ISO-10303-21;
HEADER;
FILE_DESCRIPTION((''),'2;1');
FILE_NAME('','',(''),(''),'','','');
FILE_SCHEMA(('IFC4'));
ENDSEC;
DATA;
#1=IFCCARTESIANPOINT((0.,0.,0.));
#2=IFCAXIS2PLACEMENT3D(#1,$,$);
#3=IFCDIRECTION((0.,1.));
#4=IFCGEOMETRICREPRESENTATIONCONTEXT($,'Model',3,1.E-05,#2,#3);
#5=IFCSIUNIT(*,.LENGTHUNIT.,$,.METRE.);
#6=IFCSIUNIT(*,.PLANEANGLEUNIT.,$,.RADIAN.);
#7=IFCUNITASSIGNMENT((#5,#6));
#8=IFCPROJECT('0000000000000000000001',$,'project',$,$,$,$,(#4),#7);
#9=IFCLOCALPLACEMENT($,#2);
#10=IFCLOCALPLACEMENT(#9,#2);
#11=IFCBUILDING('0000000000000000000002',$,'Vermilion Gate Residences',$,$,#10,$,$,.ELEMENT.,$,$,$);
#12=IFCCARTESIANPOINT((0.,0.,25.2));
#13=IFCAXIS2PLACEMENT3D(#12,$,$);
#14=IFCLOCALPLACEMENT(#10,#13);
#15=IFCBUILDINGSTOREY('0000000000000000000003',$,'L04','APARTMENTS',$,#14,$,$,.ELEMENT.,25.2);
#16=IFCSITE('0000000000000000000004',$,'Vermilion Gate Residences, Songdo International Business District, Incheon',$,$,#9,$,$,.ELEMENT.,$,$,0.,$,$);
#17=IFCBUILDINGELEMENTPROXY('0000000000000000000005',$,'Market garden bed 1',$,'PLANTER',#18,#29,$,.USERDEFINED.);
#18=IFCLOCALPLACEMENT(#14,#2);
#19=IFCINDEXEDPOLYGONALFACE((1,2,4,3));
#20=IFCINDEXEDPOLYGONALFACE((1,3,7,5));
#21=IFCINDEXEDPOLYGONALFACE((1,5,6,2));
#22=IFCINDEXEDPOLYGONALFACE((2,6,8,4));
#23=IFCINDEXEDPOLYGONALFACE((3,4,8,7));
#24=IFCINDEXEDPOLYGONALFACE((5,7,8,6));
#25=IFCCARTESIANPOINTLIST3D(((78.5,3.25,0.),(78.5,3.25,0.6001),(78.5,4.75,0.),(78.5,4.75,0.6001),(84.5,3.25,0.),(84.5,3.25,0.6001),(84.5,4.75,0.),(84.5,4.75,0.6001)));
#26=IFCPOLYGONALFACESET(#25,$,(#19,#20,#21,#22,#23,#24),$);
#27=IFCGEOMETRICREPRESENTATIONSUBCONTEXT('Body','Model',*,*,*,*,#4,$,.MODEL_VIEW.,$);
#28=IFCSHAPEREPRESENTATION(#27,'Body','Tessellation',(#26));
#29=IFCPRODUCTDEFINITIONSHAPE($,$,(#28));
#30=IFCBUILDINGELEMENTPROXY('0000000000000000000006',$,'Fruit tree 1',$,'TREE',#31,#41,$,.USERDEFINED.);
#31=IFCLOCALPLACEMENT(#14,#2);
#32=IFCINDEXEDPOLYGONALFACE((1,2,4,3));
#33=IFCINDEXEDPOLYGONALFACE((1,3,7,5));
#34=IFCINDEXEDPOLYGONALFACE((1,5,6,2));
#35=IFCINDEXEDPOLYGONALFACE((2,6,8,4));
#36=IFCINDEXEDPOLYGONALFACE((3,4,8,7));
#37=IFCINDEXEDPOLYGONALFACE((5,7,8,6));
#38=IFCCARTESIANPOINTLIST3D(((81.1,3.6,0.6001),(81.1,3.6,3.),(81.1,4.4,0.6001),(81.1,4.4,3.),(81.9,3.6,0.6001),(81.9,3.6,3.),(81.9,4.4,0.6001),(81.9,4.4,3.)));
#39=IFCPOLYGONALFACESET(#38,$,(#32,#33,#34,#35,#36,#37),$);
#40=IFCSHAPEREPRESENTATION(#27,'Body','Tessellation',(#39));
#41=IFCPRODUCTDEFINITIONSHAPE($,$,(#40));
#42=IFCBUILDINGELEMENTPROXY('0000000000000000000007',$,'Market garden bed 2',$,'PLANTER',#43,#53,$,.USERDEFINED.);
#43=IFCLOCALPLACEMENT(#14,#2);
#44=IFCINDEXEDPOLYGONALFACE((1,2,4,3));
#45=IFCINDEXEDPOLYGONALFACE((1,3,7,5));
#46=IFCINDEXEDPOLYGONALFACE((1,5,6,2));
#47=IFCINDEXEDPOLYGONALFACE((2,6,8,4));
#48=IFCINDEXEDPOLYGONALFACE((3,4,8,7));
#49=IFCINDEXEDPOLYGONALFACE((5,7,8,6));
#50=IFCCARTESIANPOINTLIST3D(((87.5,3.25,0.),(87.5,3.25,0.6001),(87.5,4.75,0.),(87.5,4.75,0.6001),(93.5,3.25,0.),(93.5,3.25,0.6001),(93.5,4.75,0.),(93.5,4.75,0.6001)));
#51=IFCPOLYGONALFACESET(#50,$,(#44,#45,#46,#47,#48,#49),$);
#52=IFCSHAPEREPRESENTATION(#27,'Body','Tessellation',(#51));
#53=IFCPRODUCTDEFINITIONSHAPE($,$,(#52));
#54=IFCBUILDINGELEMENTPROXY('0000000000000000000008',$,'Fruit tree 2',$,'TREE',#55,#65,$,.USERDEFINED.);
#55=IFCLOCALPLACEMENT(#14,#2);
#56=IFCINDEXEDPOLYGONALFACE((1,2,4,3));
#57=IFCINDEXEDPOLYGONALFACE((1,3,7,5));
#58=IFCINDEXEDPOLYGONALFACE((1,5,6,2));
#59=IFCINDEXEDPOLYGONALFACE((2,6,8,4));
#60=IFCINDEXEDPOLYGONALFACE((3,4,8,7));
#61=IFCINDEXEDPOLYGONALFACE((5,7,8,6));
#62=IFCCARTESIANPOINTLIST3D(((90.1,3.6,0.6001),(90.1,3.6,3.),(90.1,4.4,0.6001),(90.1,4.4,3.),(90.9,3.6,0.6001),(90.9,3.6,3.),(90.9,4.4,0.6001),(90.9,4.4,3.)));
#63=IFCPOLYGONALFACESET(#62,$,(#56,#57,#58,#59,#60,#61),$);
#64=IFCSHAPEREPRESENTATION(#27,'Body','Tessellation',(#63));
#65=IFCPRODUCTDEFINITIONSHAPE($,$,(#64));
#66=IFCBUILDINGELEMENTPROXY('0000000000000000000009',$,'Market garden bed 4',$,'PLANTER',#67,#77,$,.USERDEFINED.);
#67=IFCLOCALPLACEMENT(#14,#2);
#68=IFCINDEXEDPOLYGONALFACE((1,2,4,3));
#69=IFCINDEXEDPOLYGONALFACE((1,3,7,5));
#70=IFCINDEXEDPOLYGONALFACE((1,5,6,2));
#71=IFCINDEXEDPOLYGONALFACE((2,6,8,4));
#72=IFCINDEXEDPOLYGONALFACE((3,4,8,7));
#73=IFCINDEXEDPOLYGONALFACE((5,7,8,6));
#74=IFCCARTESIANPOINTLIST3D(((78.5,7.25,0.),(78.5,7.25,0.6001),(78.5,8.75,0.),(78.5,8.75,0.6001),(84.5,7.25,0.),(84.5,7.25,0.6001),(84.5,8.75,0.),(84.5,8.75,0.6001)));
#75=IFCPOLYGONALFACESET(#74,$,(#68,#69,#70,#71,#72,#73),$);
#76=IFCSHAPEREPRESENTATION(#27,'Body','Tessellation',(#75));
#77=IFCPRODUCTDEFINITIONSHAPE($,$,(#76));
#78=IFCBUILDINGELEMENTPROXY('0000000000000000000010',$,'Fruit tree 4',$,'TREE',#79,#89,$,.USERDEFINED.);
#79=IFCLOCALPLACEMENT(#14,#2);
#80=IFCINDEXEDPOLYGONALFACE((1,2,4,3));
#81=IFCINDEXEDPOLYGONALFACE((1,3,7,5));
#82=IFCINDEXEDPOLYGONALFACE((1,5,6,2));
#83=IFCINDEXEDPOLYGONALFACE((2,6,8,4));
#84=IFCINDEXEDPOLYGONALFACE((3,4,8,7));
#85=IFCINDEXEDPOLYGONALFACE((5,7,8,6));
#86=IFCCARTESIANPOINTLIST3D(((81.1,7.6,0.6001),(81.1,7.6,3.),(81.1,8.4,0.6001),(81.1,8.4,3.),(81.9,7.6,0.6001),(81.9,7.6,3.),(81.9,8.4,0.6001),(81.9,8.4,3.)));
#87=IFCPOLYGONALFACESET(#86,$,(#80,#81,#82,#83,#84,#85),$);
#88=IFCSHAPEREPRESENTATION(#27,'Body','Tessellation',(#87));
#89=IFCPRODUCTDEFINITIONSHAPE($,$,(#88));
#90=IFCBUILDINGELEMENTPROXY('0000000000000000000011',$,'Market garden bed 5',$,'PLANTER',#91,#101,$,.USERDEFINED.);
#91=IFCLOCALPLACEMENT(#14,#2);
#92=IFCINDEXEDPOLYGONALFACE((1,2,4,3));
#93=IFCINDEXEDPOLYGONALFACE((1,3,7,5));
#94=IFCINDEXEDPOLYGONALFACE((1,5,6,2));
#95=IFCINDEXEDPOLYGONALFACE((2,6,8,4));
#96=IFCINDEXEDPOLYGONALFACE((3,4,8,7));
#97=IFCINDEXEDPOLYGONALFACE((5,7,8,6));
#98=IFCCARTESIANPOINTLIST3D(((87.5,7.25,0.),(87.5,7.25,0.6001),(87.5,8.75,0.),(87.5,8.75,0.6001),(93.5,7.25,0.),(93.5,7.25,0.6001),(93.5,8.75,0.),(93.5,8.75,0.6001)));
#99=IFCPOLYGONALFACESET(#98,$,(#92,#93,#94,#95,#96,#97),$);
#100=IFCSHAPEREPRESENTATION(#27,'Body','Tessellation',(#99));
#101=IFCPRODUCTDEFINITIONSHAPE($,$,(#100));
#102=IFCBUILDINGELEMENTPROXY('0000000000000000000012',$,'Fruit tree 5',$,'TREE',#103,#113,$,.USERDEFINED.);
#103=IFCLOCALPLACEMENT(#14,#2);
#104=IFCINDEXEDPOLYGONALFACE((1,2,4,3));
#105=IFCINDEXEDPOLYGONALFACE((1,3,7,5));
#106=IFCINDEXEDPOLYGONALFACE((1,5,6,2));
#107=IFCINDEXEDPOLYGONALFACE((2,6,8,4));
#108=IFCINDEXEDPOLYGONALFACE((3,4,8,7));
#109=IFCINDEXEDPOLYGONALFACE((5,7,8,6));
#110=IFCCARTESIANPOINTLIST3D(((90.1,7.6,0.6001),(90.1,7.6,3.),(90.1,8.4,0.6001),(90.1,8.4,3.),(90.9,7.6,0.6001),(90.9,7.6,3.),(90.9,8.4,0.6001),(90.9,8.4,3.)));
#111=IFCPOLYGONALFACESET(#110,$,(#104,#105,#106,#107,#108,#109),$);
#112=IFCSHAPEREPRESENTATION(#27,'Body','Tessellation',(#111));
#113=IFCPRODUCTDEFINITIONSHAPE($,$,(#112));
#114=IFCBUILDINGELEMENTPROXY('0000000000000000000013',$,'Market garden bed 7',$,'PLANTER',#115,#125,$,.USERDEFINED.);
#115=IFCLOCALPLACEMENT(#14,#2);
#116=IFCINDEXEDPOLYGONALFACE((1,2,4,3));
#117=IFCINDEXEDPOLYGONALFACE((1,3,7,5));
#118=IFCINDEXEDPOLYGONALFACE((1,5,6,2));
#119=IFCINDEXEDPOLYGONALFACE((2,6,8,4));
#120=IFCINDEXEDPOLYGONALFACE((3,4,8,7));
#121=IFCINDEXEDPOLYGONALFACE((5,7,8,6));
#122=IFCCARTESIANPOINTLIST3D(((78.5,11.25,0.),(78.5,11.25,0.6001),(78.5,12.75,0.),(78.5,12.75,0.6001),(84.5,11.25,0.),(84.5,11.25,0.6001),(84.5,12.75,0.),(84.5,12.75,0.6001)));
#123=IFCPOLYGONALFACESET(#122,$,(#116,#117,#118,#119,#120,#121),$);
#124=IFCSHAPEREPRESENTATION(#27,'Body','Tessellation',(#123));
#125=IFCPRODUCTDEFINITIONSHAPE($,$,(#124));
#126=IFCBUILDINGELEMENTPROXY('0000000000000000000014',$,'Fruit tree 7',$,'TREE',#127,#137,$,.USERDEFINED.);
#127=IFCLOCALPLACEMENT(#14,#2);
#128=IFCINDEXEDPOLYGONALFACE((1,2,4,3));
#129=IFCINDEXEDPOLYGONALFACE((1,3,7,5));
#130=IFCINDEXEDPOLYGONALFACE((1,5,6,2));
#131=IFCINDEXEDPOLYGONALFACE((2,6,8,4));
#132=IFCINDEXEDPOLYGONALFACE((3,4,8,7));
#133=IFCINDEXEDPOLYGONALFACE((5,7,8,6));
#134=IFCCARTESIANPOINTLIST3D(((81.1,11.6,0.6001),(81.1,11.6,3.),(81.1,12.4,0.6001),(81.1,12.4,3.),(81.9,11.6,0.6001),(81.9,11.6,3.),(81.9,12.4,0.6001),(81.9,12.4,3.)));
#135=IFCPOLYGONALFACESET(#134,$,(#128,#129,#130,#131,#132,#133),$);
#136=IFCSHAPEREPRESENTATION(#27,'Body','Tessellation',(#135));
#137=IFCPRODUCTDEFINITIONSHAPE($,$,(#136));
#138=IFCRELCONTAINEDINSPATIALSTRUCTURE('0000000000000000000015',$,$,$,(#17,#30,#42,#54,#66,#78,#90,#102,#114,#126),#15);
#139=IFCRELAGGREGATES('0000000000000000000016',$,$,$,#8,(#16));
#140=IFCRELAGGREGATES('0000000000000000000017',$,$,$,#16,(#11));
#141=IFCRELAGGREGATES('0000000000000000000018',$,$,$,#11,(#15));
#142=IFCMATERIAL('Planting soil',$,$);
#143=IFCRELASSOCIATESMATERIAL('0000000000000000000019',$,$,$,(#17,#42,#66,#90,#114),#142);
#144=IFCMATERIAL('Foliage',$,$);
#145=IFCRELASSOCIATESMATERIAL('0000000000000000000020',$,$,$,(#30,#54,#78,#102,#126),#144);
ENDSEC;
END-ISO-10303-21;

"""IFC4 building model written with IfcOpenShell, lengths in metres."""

from ifc_helpers import new_model, si_unit, direction, frame, origin, origin_2d, place, context, subcontext, project, spatial, rectangle, extrude, material, element, save


model = new_model("IFC4")

# Units and contexts
model_context = context("Model", 3, precision=1e-05, world=origin(), true_north=direction((0.0, 1.0)))
body_context = subcontext(model_context, "Body", "Model", "MODEL_VIEW")
ifc_project = project(units=[si_unit("LENGTHUNIT", "METRE"), si_unit("PLANEANGLEUNIT", "RADIAN")], contexts=[model_context])

# Site, building, storey
site_placement = place(None, origin())
site = spatial("IfcSite", under=ifc_project, at=site_placement, Name="Vermilion Gate Residences, Songdo International Business District, Incheon", CompositionType="ELEMENT", RefElevation=0.0)
building_placement = place(site_placement, origin())
building = spatial("IfcBuilding", under=site, at=building_placement, Name="Vermilion Gate Residences", CompositionType="ELEMENT")
storey_placement = place(building_placement, frame((0.0, 0.0, 25.2)))
storey = spatial("IfcBuildingStorey", under=building, at=storey_placement, Name="L04", Description="APARTMENTS", CompositionType="ELEMENT", Elevation=25.2)

# Building element proxies
ifc_material_1 = material(Name="Planting soil")
proxy_1_placement = place(storey_placement, frame((81.5, 4.0, 0.0), z_axis=(0.0, 0.0, 1.0), x_axis=(1.0, 0.0, 0.0)))
element("IfcBuildingElementProxy", 1, at=proxy_1_placement, inside=storey, material=ifc_material_1, Name="Market garden bed 1", ObjectType="PLANTER", PredefinedType="USERDEFINED", context=body_context, shape_type="SweptSolid", body=[
    extrude(rectangle(XDim=6.0, YDim=1.5, at=origin_2d()), origin(), (0.0, 0.0, 1.0), 0.6001),
])
ifc_material_2 = material(Name="Foliage")
proxy_2_placement = place(storey_placement, frame((81.5, 4.0, 0.6001), z_axis=(0.0, 0.0, 1.0), x_axis=(1.0, 0.0, 0.0)))
element("IfcBuildingElementProxy", 2, at=proxy_2_placement, inside=storey, material=ifc_material_2, Name="Fruit tree 1", ObjectType="TREE", PredefinedType="USERDEFINED", context=body_context, shape_type="SweptSolid", body=[
    extrude(rectangle(XDim=0.8, YDim=0.8, at=origin_2d()), origin(), (0.0, 0.0, 1.0), 2.3999),
])
proxy_3_placement = place(storey_placement, frame((90.5, 4.0, 0.0), z_axis=(0.0, 0.0, 1.0), x_axis=(1.0, 0.0, 0.0)))
element("IfcBuildingElementProxy", 3, at=proxy_3_placement, inside=storey, material=ifc_material_1, Name="Market garden bed 2", ObjectType="PLANTER", PredefinedType="USERDEFINED", context=body_context, shape_type="SweptSolid", body=[
    extrude(rectangle(XDim=6.0, YDim=1.5, at=origin_2d()), origin(), (0.0, 0.0, 1.0), 0.6001),
])
proxy_4_placement = place(storey_placement, frame((90.5, 4.0, 0.6001), z_axis=(0.0, 0.0, 1.0), x_axis=(1.0, 0.0, 0.0)))
element("IfcBuildingElementProxy", 4, at=proxy_4_placement, inside=storey, material=ifc_material_2, Name="Fruit tree 2", ObjectType="TREE", PredefinedType="USERDEFINED", context=body_context, shape_type="SweptSolid", body=[
    extrude(rectangle(XDim=0.8, YDim=0.8, at=origin_2d()), origin(), (0.0, 0.0, 1.0), 2.3999),
])
proxy_5_placement = place(storey_placement, frame((81.5, 8.0, 0.0), z_axis=(0.0, 0.0, 1.0), x_axis=(1.0, 0.0, 0.0)))
element("IfcBuildingElementProxy", 5, at=proxy_5_placement, inside=storey, material=ifc_material_1, Name="Market garden bed 4", ObjectType="PLANTER", PredefinedType="USERDEFINED", context=body_context, shape_type="SweptSolid", body=[
    extrude(rectangle(XDim=6.0, YDim=1.5, at=origin_2d()), origin(), (0.0, 0.0, 1.0), 0.6001),
])
proxy_6_placement = place(storey_placement, frame((81.5, 8.0, 0.6001), z_axis=(0.0, 0.0, 1.0), x_axis=(1.0, 0.0, 0.0)))
element("IfcBuildingElementProxy", 6, at=proxy_6_placement, inside=storey, material=ifc_material_2, Name="Fruit tree 4", ObjectType="TREE", PredefinedType="USERDEFINED", context=body_context, shape_type="SweptSolid", body=[
    extrude(rectangle(XDim=0.8, YDim=0.8, at=origin_2d()), origin(), (0.0, 0.0, 1.0), 2.3999),
])
proxy_7_placement = place(storey_placement, frame((90.5, 8.0, 0.0), z_axis=(0.0, 0.0, 1.0), x_axis=(1.0, 0.0, 0.0)))
element("IfcBuildingElementProxy", 7, at=proxy_7_placement, inside=storey, material=ifc_material_1, Name="Market garden bed 5", ObjectType="PLANTER", PredefinedType="USERDEFINED", context=body_context, shape_type="SweptSolid", body=[
    extrude(rectangle(XDim=6.0, YDim=1.5, at=origin_2d()), origin(), (0.0, 0.0, 1.0), 0.6001),
])
proxy_8_placement = place(storey_placement, frame((90.5, 8.0, 0.6001), z_axis=(0.0, 0.0, 1.0), x_axis=(1.0, 0.0, 0.0)))
element("IfcBuildingElementProxy", 8, at=proxy_8_placement, inside=storey, material=ifc_material_2, Name="Fruit tree 5", ObjectType="TREE", PredefinedType="USERDEFINED", context=body_context, shape_type="SweptSolid", body=[
    extrude(rectangle(XDim=0.8, YDim=0.8, at=origin_2d()), origin(), (0.0, 0.0, 1.0), 2.3999),
])
proxy_9_placement = place(storey_placement, frame((81.5, 12.0, 0.0), z_axis=(0.0, 0.0, 1.0), x_axis=(1.0, 0.0, 0.0)))
element("IfcBuildingElementProxy", 9, at=proxy_9_placement, inside=storey, material=ifc_material_1, Name="Market garden bed 7", ObjectType="PLANTER", PredefinedType="USERDEFINED", context=body_context, shape_type="SweptSolid", body=[
    extrude(rectangle(XDim=6.0, YDim=1.5, at=origin_2d()), origin(), (0.0, 0.0, 1.0), 0.6001),
])
proxy_10_placement = place(storey_placement, frame((81.5, 12.0, 0.6001), z_axis=(0.0, 0.0, 1.0), x_axis=(1.0, 0.0, 0.0)))
element("IfcBuildingElementProxy", 10, at=proxy_10_placement, inside=storey, material=ifc_material_2, Name="Fruit tree 7", ObjectType="TREE", PredefinedType="USERDEFINED", context=body_context, shape_type="SweptSolid", body=[
    extrude(rectangle(XDim=0.8, YDim=0.8, at=origin_2d()), origin(), (0.0, 0.0, 1.0), 2.3999),
])

save(model, "model.ifc")
